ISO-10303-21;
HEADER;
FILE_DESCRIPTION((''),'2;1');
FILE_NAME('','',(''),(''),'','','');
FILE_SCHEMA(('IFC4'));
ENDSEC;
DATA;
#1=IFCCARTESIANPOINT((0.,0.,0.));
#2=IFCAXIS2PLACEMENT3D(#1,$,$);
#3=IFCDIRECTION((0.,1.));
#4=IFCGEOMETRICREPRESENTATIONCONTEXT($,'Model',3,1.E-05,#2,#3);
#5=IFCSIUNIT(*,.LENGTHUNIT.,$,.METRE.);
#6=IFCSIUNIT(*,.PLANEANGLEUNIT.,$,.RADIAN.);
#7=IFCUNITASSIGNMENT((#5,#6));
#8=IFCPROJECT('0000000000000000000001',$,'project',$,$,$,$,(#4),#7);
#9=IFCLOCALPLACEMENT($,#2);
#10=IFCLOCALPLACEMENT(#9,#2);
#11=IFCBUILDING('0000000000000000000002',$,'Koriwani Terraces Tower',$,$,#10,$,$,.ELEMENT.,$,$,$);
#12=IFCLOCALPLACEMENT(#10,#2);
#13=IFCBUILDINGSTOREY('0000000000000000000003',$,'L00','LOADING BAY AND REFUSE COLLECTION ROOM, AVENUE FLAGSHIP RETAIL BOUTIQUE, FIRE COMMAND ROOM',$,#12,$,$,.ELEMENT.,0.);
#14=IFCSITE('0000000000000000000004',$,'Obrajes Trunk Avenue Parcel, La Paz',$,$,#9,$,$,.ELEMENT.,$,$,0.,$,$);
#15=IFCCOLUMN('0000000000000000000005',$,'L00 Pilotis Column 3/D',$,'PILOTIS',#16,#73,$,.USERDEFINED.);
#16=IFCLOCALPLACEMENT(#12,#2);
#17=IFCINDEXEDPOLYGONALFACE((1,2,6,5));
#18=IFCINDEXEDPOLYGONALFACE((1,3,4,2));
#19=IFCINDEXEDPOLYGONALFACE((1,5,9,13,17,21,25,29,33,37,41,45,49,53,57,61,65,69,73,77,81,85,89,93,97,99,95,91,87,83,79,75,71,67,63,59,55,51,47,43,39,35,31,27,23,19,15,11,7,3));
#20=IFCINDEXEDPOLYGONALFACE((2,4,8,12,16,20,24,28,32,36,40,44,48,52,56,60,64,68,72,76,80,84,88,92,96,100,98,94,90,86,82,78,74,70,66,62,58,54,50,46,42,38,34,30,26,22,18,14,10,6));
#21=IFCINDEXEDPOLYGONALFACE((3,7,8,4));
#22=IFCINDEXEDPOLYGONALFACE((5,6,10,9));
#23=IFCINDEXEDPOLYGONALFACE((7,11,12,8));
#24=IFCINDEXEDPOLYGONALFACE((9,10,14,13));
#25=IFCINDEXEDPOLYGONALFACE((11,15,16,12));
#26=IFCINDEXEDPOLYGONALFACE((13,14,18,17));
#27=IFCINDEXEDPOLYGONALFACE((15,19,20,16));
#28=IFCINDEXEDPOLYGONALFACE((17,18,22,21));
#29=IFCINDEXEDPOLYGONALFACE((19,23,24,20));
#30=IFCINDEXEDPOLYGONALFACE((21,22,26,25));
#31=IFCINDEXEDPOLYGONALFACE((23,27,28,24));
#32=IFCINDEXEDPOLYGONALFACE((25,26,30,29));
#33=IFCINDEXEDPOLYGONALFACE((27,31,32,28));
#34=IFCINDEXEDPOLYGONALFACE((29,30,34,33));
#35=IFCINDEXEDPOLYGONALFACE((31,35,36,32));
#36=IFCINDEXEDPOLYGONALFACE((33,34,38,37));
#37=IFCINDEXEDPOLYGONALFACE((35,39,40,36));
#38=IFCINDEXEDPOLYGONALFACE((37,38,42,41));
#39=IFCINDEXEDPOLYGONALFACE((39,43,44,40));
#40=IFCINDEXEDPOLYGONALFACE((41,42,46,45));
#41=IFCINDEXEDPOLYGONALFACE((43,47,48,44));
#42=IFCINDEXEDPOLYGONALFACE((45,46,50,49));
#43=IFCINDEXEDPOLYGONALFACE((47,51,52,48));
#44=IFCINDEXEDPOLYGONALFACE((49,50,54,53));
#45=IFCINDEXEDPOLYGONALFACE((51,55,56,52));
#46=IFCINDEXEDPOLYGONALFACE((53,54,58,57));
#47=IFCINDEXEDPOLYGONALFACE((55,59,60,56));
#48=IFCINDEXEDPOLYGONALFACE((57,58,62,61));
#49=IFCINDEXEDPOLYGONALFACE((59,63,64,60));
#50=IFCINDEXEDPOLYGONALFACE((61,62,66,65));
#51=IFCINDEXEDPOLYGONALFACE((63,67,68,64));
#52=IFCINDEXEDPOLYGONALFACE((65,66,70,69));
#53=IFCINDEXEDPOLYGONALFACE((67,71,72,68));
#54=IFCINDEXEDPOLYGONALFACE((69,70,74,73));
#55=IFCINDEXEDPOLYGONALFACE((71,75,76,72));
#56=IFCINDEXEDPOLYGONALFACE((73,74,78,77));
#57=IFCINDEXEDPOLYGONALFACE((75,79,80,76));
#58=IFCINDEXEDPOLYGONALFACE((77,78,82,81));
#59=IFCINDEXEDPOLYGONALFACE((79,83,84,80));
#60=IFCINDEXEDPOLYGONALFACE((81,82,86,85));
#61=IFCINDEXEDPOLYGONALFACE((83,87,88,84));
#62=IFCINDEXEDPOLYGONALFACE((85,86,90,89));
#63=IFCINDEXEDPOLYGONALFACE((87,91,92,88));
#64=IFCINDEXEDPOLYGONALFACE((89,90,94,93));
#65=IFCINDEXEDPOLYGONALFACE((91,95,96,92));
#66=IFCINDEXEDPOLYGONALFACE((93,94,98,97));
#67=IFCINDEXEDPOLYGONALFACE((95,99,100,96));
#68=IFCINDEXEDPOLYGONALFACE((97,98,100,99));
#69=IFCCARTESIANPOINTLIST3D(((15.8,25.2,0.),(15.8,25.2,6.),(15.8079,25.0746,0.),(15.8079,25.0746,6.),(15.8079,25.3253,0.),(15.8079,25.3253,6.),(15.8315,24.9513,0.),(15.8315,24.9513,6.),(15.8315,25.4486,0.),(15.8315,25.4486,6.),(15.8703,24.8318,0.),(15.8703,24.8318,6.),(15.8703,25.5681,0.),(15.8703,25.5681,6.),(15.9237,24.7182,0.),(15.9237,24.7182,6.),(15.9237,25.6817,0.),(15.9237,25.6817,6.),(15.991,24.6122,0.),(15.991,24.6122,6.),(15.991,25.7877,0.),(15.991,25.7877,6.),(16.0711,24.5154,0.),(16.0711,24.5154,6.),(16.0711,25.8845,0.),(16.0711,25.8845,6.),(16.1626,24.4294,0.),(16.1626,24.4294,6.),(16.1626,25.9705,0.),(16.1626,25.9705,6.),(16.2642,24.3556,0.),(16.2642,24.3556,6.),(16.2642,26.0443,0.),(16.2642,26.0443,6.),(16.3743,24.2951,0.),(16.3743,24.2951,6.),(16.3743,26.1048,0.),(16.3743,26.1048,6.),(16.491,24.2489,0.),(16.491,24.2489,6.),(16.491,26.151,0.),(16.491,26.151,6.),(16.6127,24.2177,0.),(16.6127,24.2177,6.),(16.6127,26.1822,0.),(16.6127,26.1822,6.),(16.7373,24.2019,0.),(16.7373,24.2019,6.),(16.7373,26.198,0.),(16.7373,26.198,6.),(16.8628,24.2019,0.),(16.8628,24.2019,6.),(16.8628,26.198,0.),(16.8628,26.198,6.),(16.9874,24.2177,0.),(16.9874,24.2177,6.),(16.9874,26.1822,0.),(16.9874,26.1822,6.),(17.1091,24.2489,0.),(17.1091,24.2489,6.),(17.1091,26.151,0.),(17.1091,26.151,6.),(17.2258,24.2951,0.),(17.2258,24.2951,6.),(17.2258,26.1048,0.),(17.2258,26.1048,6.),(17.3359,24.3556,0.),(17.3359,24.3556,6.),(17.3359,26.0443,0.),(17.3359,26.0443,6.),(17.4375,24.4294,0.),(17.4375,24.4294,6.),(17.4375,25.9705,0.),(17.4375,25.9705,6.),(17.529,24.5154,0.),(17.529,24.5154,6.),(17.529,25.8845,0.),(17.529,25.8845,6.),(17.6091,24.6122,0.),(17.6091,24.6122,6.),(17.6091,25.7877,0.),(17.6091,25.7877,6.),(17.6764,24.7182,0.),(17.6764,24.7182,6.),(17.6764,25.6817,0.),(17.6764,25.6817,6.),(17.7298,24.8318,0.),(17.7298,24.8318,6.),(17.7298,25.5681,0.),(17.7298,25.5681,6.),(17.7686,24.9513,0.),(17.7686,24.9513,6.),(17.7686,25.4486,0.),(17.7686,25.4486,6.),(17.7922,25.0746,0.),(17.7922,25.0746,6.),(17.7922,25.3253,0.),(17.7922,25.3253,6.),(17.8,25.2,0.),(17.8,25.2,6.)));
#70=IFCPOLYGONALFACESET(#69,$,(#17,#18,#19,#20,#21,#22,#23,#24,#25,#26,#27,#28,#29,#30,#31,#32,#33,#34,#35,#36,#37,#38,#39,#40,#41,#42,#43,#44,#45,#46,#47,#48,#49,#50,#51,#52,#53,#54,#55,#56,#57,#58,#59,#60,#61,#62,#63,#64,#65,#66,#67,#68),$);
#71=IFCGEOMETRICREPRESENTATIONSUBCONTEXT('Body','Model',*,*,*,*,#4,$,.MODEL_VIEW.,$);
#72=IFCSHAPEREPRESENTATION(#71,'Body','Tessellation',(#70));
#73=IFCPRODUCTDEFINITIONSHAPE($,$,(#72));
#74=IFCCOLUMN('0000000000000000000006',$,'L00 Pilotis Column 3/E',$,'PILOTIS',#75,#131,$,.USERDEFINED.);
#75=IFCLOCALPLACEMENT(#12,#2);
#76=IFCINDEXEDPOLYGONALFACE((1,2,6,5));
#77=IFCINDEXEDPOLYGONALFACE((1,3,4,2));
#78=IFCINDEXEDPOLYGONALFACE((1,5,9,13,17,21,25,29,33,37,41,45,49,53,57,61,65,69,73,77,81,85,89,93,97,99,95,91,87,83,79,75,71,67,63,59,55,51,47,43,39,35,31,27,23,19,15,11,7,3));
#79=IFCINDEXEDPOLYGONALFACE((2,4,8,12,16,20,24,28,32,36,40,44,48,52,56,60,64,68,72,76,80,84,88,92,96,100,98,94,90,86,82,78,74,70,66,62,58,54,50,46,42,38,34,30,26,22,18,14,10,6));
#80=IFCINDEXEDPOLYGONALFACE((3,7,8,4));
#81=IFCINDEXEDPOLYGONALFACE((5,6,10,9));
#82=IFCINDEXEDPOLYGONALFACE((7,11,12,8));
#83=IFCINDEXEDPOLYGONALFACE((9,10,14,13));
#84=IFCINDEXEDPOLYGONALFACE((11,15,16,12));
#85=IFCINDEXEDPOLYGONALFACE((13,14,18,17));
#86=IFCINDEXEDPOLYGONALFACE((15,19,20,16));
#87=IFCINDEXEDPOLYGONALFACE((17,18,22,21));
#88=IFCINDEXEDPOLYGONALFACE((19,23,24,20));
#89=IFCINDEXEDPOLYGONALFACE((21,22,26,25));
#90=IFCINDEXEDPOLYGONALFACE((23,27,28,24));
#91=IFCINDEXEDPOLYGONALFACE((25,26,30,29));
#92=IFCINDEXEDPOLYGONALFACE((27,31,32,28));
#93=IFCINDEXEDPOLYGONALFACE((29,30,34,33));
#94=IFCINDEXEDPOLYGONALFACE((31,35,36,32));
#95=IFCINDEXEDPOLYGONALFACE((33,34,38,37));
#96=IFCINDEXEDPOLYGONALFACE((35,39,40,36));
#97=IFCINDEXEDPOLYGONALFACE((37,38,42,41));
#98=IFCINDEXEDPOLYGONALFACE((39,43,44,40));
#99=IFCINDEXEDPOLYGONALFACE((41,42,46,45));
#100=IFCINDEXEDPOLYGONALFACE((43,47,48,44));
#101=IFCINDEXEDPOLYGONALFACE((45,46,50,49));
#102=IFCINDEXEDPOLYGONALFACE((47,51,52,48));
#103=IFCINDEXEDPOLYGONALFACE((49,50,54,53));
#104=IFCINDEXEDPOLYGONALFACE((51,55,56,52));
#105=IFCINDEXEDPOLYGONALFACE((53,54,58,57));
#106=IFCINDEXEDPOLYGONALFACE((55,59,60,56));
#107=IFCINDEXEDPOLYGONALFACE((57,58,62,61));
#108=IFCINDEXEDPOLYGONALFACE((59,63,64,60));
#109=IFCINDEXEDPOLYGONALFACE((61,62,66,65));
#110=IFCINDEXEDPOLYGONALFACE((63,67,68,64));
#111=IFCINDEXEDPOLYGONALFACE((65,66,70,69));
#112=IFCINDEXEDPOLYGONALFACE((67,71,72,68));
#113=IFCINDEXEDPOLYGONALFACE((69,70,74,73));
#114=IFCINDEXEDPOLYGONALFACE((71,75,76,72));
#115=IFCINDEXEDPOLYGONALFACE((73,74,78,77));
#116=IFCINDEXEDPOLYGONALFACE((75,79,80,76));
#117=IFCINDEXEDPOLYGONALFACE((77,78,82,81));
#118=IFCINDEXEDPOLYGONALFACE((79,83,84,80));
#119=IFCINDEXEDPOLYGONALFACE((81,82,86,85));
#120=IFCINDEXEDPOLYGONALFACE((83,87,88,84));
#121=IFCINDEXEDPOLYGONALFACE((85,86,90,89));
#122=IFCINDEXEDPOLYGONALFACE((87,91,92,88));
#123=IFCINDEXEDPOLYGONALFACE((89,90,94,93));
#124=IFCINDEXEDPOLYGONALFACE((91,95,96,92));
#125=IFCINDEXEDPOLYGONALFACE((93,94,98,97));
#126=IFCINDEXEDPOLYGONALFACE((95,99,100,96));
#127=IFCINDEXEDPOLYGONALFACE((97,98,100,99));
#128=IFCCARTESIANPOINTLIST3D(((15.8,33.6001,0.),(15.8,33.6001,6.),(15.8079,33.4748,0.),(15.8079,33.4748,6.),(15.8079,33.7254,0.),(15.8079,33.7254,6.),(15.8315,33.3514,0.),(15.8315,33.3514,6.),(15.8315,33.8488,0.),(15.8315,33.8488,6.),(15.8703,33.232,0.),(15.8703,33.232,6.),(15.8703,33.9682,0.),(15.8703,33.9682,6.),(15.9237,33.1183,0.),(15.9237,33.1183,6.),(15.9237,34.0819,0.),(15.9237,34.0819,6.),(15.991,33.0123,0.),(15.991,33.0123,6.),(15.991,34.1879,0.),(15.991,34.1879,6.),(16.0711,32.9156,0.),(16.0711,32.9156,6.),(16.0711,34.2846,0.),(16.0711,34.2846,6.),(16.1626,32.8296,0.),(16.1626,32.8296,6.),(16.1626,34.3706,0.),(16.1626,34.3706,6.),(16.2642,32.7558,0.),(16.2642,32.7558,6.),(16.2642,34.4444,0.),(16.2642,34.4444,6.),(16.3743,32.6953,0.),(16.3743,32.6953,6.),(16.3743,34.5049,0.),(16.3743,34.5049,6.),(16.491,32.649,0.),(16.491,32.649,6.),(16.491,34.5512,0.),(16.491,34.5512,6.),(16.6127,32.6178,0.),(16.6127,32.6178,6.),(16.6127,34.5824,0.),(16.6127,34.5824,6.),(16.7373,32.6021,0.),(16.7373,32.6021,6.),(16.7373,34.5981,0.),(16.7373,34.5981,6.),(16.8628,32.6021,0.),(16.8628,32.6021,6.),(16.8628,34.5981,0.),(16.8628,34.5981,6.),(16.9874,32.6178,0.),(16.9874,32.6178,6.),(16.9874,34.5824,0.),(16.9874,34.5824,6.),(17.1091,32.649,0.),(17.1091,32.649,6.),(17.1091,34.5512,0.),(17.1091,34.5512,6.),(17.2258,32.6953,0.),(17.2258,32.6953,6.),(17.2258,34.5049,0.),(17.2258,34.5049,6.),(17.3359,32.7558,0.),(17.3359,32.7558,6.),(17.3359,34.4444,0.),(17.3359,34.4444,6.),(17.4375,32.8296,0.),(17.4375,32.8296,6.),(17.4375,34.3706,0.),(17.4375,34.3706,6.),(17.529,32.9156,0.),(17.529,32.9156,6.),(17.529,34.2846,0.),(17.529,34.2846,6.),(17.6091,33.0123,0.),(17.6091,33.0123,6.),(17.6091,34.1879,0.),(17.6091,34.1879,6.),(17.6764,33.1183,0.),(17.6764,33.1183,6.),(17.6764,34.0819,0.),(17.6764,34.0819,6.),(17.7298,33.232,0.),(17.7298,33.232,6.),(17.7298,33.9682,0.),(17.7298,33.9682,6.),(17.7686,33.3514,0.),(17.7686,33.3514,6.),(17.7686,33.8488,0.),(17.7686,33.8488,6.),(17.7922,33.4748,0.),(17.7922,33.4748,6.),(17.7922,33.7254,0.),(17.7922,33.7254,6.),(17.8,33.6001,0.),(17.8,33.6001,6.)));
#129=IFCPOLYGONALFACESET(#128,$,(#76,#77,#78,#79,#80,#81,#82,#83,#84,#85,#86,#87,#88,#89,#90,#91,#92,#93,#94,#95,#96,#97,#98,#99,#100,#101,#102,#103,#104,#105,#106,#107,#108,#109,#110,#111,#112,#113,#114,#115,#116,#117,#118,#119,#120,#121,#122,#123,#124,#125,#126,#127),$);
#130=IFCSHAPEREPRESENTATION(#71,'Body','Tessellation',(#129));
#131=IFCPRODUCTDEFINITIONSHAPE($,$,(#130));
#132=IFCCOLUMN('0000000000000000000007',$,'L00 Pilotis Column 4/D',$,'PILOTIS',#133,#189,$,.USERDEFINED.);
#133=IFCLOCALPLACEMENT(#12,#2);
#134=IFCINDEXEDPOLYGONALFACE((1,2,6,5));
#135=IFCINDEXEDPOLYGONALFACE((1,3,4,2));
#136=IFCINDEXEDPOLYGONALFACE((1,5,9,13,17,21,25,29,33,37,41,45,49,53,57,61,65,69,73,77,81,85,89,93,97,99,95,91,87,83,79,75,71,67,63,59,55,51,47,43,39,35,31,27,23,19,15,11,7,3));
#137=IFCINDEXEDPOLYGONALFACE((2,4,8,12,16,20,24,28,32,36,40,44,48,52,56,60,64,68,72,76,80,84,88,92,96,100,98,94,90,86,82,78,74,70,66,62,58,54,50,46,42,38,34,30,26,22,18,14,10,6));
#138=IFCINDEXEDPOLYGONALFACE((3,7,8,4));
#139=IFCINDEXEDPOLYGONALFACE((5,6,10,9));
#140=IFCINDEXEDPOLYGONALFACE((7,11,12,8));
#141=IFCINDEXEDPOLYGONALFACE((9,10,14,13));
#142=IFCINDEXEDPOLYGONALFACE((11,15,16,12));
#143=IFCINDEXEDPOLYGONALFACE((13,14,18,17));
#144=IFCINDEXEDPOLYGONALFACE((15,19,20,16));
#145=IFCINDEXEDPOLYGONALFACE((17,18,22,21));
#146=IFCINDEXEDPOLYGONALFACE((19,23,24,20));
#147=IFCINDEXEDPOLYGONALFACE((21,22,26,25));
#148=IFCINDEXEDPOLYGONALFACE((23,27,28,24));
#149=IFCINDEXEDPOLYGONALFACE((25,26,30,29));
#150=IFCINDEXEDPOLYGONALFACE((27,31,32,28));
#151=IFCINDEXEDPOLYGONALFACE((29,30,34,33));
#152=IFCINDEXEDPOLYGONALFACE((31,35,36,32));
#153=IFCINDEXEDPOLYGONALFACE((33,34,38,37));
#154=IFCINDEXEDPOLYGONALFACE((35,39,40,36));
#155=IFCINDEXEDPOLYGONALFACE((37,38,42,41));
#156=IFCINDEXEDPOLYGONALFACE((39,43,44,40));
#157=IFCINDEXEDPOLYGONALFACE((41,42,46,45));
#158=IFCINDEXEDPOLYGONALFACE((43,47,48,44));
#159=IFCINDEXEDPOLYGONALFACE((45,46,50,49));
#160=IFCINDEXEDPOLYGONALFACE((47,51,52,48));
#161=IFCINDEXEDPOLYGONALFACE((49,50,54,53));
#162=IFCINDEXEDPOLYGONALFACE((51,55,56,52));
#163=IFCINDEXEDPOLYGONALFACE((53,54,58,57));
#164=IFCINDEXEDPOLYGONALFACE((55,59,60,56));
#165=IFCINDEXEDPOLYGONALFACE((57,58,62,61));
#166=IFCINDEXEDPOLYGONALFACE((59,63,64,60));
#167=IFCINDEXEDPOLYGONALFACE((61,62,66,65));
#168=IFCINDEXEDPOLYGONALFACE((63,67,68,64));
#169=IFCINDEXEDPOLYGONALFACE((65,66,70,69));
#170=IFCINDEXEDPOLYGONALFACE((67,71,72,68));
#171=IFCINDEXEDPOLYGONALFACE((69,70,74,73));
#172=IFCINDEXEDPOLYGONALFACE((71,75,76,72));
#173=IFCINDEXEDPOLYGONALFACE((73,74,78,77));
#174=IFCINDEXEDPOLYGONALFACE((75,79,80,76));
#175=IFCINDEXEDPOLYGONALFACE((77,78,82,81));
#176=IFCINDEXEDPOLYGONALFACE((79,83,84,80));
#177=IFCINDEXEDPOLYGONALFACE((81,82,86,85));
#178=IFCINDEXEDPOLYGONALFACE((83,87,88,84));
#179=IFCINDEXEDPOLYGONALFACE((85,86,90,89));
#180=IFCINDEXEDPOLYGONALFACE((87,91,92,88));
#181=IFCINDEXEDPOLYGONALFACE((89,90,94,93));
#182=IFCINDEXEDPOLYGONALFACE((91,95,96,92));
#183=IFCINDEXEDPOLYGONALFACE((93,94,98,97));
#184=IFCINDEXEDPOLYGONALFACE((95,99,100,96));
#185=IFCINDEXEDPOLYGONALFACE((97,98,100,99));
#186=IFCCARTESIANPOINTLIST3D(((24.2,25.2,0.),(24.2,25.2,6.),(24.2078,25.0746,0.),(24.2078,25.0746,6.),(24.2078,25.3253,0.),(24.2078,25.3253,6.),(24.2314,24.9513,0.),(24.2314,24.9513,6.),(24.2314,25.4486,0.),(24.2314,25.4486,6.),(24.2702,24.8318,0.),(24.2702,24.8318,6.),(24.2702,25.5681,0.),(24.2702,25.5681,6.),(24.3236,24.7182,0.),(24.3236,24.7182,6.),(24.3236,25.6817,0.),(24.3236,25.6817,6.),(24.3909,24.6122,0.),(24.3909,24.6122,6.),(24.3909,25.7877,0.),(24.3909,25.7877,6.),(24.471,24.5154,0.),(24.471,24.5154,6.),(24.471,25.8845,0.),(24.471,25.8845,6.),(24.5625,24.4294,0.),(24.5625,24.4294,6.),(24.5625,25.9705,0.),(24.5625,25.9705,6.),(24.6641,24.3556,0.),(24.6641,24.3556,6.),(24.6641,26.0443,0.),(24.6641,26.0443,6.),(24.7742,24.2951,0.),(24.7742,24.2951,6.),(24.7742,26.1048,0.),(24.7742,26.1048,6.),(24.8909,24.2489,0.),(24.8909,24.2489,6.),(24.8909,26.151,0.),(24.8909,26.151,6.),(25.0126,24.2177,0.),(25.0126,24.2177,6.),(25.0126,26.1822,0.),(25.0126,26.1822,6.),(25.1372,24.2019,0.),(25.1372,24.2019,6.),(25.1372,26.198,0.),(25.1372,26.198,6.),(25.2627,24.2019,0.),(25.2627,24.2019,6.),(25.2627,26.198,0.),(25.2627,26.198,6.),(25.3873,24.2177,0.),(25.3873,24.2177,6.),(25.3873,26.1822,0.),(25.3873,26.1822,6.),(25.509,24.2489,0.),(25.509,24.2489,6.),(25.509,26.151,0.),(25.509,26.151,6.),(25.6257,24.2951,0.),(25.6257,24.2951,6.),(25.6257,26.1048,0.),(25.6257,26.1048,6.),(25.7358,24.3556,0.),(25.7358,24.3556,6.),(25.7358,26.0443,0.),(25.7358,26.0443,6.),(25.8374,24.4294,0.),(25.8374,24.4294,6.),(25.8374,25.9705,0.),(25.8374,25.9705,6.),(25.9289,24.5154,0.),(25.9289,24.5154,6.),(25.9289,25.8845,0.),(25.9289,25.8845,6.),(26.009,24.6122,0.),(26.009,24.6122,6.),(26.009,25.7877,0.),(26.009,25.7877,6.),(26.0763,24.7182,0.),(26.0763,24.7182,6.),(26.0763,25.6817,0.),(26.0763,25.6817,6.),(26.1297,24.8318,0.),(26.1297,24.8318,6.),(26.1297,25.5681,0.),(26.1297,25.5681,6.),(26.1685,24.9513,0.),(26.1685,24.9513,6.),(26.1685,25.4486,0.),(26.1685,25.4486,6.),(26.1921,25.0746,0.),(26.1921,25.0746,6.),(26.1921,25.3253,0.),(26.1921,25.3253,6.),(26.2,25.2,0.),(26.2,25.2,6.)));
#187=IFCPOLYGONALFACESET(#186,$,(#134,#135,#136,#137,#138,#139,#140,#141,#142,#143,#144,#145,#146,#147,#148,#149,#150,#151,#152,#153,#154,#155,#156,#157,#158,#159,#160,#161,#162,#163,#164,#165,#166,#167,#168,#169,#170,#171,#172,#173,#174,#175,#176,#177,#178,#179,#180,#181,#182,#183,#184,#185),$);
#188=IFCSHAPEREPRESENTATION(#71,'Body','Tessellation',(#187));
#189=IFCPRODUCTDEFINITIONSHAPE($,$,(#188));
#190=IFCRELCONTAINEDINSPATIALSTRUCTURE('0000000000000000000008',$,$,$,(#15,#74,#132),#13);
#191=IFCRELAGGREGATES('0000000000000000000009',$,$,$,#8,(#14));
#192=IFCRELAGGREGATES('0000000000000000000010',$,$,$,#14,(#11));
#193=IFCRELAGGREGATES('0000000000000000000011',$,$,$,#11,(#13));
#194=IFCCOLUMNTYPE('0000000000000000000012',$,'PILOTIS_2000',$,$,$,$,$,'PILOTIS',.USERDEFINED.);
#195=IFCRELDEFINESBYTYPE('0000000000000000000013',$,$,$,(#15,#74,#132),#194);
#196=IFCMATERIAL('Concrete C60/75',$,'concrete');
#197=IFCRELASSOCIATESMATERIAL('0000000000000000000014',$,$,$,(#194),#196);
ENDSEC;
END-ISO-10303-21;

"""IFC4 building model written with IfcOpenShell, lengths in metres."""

from ifc_helpers import new_model, si_unit, direction, frame, origin, origin_2d, place, context, subcontext, project, spatial, circle, extrude, material, material_profile, profile_set, type_object, element, save


model = new_model("IFC4")

# Units and contexts
model_context = context("Model", 3, precision=1e-05, world=origin(), true_north=direction((0.0, 1.0)))
body_context = subcontext(model_context, "Body", "Model", "MODEL_VIEW")
ifc_project = project(units=[si_unit("LENGTHUNIT", "METRE"), si_unit("PLANEANGLEUNIT", "RADIAN")], contexts=[model_context])

# Site, building, storey
site_placement = place(None, origin())
site = spatial("IfcSite", under=ifc_project, at=site_placement, Name="Obrajes Trunk Avenue Parcel, La Paz", CompositionType="ELEMENT", RefElevation=0.0)
building_placement = place(site_placement, origin())
building = spatial("IfcBuilding", under=site, at=building_placement, Name="Koriwani Terraces Tower", CompositionType="ELEMENT")
storey_placement = place(building_placement, origin())
storey = spatial("IfcBuildingStorey", under=building, at=storey_placement, Name="L00", Description="LOADING BAY AND REFUSE COLLECTION ROOM, AVENUE FLAGSHIP RETAIL BOUTIQUE, FIRE COMMAND ROOM", CompositionType="ELEMENT", Elevation=0.0)

# Columns
ifc_material_1 = material(Name="Concrete C60/75", Category="concrete")
ifc_material_profile_1 = material_profile(ifc_material_1, circle(Radius=1.0, at=origin_2d()), Name="Concrete C60/75", Category="LoadBearing")
ifc_profile_set_1 = profile_set([ifc_material_profile_1], Name="Concrete C60/75")
column_type = type_object("IfcColumnType", Name="PILOTIS_2000", ElementType="PILOTIS", PredefinedType="USERDEFINED", material=ifc_profile_set_1)
for number, where, z_axis, x_axis, name in (
    (1, (16.8, 25.2, 0.0), (0.0, 0.0, 1.0), (1.0, 0.0, 0.0), "L00 Pilotis Column 3/D"),
    (2, (16.8, 33.6001, 0.0), (0.0, 0.0, 1.0), (1.0, 0.0, 0.0), "L00 Pilotis Column 3/E"),
    (3, (25.2, 25.2, 0.0), (0.0, 0.0, 1.0), (1.0, 0.0, 0.0), "L00 Pilotis Column 4/D"),
):
    element("IfcColumn", number, at=place(storey_placement, frame(where, z_axis=z_axis, x_axis=x_axis)), inside=storey, type_object=column_type, Name=name, ObjectType="PILOTIS", PredefinedType="USERDEFINED", context=body_context, shape_type="SweptSolid", body=[
        extrude(circle(Radius=1.0, at=origin_2d()), origin(), (0.0, 0.0, 1.0), 6.0),
    ])

save(model, "model.ifc")
